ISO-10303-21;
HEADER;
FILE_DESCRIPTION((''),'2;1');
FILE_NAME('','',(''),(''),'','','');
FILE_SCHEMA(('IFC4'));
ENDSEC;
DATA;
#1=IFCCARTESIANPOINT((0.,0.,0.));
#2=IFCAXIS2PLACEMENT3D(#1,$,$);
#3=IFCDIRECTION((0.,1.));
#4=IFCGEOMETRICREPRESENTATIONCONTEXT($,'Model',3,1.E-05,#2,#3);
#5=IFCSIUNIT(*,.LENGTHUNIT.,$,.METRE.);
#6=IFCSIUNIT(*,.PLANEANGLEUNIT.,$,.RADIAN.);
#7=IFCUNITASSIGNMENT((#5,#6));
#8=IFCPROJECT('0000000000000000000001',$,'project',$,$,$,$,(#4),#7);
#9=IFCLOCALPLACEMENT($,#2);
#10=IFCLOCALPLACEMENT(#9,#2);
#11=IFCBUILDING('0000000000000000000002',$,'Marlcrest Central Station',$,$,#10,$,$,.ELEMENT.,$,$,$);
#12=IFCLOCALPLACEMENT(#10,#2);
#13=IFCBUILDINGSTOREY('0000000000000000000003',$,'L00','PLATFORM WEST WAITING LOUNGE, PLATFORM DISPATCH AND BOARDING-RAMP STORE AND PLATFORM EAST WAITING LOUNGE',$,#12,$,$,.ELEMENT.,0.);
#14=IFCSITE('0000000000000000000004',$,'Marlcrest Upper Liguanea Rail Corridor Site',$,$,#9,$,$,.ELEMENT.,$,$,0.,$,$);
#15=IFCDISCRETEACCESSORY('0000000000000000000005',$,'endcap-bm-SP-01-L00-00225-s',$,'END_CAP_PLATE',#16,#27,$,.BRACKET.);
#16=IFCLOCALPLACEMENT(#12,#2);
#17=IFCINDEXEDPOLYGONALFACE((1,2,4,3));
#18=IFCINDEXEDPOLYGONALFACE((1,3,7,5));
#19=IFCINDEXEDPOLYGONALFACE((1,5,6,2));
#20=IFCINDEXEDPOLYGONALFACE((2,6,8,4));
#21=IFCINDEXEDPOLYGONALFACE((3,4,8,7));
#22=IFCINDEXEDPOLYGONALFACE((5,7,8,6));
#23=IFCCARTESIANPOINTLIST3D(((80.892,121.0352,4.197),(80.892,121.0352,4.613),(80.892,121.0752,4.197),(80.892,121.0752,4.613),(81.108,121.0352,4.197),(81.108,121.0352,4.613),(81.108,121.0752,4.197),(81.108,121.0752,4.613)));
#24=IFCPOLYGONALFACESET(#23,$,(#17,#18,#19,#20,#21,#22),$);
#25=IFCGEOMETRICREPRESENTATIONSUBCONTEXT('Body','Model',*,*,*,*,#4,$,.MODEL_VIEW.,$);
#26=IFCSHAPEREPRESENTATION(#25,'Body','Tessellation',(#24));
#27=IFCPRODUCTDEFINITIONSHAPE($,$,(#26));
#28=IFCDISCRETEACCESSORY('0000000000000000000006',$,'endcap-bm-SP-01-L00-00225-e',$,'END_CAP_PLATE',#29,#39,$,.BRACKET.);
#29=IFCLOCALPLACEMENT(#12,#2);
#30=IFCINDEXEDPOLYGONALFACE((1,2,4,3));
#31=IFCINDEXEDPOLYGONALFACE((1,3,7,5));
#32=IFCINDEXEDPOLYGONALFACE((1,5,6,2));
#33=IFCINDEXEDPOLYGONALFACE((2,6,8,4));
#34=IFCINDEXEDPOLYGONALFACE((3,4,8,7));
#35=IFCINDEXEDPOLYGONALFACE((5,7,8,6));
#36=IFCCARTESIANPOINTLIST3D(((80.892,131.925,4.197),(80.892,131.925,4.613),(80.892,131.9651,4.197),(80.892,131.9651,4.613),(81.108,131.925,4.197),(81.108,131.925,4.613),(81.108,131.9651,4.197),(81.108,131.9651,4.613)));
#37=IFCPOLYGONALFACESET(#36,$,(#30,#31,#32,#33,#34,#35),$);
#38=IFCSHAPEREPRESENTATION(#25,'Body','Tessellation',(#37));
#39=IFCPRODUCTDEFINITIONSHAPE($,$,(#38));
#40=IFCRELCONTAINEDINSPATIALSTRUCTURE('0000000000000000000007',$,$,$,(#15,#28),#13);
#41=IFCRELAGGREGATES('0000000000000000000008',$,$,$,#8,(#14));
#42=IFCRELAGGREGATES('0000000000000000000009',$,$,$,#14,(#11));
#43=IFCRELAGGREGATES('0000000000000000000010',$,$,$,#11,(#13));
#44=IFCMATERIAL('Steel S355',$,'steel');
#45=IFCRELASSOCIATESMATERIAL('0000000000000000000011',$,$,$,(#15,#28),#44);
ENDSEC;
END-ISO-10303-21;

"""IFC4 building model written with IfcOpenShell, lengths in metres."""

from ifc_helpers import new_model, si_unit, direction, frame, origin, origin_2d, place, context, subcontext, project, spatial, rectangle, extrude, material, element, save


model = new_model("IFC4")

# Units and contexts
model_context = context("Model", 3, precision=1e-05, world=origin(), true_north=direction((0.0, 1.0)))
body_context = subcontext(model_context, "Body", "Model", "MODEL_VIEW")
ifc_project = project(units=[si_unit("LENGTHUNIT", "METRE"), si_unit("PLANEANGLEUNIT", "RADIAN")], contexts=[model_context])

# Site, building, storey
site_placement = place(None, origin())
site = spatial("IfcSite", under=ifc_project, at=site_placement, Name="Marlcrest Upper Liguanea Rail Corridor Site", CompositionType="ELEMENT", RefElevation=0.0)
building_placement = place(site_placement, origin())
building = spatial("IfcBuilding", under=site, at=building_placement, Name="Marlcrest Central Station", CompositionType="ELEMENT")
storey_placement = place(building_placement, origin())
storey = spatial("IfcBuildingStorey", under=building, at=storey_placement, Name="L00", Description="PLATFORM WEST WAITING LOUNGE, PLATFORM DISPATCH AND BOARDING-RAMP STORE AND PLATFORM EAST WAITING LOUNGE", CompositionType="ELEMENT", Elevation=0.0)

# Shared definitions
ifc_material_1 = material(Name="Steel S355", Category="steel")

# Discrete accessories
for number, where, z_axis, x_axis, name in (
    (1, (81.0, 121.0352, 4.405), (0.0, 1.0, 0.0), (-1.0, 0.0, 0.0), "endcap-bm-SP-01-L00-00225-s"),
    (2, (81.0, 131.925, 4.405), (0.0, 1.0, 0.0), (-1.0, 0.0, 0.0), "endcap-bm-SP-01-L00-00225-e"),
):
    element("IfcDiscreteAccessory", number, at=place(storey_placement, frame(where, z_axis=z_axis, x_axis=x_axis)), inside=storey, material=ifc_material_1, Name=name, ObjectType="END_CAP_PLATE", PredefinedType="BRACKET", context=body_context, shape_type="SweptSolid", body=[
        extrude(rectangle(XDim=0.2161, YDim=0.416, at=origin_2d()), origin(), (0.0, 0.0, 1.0), 0.04),
    ])

save(model, "model.ifc")
